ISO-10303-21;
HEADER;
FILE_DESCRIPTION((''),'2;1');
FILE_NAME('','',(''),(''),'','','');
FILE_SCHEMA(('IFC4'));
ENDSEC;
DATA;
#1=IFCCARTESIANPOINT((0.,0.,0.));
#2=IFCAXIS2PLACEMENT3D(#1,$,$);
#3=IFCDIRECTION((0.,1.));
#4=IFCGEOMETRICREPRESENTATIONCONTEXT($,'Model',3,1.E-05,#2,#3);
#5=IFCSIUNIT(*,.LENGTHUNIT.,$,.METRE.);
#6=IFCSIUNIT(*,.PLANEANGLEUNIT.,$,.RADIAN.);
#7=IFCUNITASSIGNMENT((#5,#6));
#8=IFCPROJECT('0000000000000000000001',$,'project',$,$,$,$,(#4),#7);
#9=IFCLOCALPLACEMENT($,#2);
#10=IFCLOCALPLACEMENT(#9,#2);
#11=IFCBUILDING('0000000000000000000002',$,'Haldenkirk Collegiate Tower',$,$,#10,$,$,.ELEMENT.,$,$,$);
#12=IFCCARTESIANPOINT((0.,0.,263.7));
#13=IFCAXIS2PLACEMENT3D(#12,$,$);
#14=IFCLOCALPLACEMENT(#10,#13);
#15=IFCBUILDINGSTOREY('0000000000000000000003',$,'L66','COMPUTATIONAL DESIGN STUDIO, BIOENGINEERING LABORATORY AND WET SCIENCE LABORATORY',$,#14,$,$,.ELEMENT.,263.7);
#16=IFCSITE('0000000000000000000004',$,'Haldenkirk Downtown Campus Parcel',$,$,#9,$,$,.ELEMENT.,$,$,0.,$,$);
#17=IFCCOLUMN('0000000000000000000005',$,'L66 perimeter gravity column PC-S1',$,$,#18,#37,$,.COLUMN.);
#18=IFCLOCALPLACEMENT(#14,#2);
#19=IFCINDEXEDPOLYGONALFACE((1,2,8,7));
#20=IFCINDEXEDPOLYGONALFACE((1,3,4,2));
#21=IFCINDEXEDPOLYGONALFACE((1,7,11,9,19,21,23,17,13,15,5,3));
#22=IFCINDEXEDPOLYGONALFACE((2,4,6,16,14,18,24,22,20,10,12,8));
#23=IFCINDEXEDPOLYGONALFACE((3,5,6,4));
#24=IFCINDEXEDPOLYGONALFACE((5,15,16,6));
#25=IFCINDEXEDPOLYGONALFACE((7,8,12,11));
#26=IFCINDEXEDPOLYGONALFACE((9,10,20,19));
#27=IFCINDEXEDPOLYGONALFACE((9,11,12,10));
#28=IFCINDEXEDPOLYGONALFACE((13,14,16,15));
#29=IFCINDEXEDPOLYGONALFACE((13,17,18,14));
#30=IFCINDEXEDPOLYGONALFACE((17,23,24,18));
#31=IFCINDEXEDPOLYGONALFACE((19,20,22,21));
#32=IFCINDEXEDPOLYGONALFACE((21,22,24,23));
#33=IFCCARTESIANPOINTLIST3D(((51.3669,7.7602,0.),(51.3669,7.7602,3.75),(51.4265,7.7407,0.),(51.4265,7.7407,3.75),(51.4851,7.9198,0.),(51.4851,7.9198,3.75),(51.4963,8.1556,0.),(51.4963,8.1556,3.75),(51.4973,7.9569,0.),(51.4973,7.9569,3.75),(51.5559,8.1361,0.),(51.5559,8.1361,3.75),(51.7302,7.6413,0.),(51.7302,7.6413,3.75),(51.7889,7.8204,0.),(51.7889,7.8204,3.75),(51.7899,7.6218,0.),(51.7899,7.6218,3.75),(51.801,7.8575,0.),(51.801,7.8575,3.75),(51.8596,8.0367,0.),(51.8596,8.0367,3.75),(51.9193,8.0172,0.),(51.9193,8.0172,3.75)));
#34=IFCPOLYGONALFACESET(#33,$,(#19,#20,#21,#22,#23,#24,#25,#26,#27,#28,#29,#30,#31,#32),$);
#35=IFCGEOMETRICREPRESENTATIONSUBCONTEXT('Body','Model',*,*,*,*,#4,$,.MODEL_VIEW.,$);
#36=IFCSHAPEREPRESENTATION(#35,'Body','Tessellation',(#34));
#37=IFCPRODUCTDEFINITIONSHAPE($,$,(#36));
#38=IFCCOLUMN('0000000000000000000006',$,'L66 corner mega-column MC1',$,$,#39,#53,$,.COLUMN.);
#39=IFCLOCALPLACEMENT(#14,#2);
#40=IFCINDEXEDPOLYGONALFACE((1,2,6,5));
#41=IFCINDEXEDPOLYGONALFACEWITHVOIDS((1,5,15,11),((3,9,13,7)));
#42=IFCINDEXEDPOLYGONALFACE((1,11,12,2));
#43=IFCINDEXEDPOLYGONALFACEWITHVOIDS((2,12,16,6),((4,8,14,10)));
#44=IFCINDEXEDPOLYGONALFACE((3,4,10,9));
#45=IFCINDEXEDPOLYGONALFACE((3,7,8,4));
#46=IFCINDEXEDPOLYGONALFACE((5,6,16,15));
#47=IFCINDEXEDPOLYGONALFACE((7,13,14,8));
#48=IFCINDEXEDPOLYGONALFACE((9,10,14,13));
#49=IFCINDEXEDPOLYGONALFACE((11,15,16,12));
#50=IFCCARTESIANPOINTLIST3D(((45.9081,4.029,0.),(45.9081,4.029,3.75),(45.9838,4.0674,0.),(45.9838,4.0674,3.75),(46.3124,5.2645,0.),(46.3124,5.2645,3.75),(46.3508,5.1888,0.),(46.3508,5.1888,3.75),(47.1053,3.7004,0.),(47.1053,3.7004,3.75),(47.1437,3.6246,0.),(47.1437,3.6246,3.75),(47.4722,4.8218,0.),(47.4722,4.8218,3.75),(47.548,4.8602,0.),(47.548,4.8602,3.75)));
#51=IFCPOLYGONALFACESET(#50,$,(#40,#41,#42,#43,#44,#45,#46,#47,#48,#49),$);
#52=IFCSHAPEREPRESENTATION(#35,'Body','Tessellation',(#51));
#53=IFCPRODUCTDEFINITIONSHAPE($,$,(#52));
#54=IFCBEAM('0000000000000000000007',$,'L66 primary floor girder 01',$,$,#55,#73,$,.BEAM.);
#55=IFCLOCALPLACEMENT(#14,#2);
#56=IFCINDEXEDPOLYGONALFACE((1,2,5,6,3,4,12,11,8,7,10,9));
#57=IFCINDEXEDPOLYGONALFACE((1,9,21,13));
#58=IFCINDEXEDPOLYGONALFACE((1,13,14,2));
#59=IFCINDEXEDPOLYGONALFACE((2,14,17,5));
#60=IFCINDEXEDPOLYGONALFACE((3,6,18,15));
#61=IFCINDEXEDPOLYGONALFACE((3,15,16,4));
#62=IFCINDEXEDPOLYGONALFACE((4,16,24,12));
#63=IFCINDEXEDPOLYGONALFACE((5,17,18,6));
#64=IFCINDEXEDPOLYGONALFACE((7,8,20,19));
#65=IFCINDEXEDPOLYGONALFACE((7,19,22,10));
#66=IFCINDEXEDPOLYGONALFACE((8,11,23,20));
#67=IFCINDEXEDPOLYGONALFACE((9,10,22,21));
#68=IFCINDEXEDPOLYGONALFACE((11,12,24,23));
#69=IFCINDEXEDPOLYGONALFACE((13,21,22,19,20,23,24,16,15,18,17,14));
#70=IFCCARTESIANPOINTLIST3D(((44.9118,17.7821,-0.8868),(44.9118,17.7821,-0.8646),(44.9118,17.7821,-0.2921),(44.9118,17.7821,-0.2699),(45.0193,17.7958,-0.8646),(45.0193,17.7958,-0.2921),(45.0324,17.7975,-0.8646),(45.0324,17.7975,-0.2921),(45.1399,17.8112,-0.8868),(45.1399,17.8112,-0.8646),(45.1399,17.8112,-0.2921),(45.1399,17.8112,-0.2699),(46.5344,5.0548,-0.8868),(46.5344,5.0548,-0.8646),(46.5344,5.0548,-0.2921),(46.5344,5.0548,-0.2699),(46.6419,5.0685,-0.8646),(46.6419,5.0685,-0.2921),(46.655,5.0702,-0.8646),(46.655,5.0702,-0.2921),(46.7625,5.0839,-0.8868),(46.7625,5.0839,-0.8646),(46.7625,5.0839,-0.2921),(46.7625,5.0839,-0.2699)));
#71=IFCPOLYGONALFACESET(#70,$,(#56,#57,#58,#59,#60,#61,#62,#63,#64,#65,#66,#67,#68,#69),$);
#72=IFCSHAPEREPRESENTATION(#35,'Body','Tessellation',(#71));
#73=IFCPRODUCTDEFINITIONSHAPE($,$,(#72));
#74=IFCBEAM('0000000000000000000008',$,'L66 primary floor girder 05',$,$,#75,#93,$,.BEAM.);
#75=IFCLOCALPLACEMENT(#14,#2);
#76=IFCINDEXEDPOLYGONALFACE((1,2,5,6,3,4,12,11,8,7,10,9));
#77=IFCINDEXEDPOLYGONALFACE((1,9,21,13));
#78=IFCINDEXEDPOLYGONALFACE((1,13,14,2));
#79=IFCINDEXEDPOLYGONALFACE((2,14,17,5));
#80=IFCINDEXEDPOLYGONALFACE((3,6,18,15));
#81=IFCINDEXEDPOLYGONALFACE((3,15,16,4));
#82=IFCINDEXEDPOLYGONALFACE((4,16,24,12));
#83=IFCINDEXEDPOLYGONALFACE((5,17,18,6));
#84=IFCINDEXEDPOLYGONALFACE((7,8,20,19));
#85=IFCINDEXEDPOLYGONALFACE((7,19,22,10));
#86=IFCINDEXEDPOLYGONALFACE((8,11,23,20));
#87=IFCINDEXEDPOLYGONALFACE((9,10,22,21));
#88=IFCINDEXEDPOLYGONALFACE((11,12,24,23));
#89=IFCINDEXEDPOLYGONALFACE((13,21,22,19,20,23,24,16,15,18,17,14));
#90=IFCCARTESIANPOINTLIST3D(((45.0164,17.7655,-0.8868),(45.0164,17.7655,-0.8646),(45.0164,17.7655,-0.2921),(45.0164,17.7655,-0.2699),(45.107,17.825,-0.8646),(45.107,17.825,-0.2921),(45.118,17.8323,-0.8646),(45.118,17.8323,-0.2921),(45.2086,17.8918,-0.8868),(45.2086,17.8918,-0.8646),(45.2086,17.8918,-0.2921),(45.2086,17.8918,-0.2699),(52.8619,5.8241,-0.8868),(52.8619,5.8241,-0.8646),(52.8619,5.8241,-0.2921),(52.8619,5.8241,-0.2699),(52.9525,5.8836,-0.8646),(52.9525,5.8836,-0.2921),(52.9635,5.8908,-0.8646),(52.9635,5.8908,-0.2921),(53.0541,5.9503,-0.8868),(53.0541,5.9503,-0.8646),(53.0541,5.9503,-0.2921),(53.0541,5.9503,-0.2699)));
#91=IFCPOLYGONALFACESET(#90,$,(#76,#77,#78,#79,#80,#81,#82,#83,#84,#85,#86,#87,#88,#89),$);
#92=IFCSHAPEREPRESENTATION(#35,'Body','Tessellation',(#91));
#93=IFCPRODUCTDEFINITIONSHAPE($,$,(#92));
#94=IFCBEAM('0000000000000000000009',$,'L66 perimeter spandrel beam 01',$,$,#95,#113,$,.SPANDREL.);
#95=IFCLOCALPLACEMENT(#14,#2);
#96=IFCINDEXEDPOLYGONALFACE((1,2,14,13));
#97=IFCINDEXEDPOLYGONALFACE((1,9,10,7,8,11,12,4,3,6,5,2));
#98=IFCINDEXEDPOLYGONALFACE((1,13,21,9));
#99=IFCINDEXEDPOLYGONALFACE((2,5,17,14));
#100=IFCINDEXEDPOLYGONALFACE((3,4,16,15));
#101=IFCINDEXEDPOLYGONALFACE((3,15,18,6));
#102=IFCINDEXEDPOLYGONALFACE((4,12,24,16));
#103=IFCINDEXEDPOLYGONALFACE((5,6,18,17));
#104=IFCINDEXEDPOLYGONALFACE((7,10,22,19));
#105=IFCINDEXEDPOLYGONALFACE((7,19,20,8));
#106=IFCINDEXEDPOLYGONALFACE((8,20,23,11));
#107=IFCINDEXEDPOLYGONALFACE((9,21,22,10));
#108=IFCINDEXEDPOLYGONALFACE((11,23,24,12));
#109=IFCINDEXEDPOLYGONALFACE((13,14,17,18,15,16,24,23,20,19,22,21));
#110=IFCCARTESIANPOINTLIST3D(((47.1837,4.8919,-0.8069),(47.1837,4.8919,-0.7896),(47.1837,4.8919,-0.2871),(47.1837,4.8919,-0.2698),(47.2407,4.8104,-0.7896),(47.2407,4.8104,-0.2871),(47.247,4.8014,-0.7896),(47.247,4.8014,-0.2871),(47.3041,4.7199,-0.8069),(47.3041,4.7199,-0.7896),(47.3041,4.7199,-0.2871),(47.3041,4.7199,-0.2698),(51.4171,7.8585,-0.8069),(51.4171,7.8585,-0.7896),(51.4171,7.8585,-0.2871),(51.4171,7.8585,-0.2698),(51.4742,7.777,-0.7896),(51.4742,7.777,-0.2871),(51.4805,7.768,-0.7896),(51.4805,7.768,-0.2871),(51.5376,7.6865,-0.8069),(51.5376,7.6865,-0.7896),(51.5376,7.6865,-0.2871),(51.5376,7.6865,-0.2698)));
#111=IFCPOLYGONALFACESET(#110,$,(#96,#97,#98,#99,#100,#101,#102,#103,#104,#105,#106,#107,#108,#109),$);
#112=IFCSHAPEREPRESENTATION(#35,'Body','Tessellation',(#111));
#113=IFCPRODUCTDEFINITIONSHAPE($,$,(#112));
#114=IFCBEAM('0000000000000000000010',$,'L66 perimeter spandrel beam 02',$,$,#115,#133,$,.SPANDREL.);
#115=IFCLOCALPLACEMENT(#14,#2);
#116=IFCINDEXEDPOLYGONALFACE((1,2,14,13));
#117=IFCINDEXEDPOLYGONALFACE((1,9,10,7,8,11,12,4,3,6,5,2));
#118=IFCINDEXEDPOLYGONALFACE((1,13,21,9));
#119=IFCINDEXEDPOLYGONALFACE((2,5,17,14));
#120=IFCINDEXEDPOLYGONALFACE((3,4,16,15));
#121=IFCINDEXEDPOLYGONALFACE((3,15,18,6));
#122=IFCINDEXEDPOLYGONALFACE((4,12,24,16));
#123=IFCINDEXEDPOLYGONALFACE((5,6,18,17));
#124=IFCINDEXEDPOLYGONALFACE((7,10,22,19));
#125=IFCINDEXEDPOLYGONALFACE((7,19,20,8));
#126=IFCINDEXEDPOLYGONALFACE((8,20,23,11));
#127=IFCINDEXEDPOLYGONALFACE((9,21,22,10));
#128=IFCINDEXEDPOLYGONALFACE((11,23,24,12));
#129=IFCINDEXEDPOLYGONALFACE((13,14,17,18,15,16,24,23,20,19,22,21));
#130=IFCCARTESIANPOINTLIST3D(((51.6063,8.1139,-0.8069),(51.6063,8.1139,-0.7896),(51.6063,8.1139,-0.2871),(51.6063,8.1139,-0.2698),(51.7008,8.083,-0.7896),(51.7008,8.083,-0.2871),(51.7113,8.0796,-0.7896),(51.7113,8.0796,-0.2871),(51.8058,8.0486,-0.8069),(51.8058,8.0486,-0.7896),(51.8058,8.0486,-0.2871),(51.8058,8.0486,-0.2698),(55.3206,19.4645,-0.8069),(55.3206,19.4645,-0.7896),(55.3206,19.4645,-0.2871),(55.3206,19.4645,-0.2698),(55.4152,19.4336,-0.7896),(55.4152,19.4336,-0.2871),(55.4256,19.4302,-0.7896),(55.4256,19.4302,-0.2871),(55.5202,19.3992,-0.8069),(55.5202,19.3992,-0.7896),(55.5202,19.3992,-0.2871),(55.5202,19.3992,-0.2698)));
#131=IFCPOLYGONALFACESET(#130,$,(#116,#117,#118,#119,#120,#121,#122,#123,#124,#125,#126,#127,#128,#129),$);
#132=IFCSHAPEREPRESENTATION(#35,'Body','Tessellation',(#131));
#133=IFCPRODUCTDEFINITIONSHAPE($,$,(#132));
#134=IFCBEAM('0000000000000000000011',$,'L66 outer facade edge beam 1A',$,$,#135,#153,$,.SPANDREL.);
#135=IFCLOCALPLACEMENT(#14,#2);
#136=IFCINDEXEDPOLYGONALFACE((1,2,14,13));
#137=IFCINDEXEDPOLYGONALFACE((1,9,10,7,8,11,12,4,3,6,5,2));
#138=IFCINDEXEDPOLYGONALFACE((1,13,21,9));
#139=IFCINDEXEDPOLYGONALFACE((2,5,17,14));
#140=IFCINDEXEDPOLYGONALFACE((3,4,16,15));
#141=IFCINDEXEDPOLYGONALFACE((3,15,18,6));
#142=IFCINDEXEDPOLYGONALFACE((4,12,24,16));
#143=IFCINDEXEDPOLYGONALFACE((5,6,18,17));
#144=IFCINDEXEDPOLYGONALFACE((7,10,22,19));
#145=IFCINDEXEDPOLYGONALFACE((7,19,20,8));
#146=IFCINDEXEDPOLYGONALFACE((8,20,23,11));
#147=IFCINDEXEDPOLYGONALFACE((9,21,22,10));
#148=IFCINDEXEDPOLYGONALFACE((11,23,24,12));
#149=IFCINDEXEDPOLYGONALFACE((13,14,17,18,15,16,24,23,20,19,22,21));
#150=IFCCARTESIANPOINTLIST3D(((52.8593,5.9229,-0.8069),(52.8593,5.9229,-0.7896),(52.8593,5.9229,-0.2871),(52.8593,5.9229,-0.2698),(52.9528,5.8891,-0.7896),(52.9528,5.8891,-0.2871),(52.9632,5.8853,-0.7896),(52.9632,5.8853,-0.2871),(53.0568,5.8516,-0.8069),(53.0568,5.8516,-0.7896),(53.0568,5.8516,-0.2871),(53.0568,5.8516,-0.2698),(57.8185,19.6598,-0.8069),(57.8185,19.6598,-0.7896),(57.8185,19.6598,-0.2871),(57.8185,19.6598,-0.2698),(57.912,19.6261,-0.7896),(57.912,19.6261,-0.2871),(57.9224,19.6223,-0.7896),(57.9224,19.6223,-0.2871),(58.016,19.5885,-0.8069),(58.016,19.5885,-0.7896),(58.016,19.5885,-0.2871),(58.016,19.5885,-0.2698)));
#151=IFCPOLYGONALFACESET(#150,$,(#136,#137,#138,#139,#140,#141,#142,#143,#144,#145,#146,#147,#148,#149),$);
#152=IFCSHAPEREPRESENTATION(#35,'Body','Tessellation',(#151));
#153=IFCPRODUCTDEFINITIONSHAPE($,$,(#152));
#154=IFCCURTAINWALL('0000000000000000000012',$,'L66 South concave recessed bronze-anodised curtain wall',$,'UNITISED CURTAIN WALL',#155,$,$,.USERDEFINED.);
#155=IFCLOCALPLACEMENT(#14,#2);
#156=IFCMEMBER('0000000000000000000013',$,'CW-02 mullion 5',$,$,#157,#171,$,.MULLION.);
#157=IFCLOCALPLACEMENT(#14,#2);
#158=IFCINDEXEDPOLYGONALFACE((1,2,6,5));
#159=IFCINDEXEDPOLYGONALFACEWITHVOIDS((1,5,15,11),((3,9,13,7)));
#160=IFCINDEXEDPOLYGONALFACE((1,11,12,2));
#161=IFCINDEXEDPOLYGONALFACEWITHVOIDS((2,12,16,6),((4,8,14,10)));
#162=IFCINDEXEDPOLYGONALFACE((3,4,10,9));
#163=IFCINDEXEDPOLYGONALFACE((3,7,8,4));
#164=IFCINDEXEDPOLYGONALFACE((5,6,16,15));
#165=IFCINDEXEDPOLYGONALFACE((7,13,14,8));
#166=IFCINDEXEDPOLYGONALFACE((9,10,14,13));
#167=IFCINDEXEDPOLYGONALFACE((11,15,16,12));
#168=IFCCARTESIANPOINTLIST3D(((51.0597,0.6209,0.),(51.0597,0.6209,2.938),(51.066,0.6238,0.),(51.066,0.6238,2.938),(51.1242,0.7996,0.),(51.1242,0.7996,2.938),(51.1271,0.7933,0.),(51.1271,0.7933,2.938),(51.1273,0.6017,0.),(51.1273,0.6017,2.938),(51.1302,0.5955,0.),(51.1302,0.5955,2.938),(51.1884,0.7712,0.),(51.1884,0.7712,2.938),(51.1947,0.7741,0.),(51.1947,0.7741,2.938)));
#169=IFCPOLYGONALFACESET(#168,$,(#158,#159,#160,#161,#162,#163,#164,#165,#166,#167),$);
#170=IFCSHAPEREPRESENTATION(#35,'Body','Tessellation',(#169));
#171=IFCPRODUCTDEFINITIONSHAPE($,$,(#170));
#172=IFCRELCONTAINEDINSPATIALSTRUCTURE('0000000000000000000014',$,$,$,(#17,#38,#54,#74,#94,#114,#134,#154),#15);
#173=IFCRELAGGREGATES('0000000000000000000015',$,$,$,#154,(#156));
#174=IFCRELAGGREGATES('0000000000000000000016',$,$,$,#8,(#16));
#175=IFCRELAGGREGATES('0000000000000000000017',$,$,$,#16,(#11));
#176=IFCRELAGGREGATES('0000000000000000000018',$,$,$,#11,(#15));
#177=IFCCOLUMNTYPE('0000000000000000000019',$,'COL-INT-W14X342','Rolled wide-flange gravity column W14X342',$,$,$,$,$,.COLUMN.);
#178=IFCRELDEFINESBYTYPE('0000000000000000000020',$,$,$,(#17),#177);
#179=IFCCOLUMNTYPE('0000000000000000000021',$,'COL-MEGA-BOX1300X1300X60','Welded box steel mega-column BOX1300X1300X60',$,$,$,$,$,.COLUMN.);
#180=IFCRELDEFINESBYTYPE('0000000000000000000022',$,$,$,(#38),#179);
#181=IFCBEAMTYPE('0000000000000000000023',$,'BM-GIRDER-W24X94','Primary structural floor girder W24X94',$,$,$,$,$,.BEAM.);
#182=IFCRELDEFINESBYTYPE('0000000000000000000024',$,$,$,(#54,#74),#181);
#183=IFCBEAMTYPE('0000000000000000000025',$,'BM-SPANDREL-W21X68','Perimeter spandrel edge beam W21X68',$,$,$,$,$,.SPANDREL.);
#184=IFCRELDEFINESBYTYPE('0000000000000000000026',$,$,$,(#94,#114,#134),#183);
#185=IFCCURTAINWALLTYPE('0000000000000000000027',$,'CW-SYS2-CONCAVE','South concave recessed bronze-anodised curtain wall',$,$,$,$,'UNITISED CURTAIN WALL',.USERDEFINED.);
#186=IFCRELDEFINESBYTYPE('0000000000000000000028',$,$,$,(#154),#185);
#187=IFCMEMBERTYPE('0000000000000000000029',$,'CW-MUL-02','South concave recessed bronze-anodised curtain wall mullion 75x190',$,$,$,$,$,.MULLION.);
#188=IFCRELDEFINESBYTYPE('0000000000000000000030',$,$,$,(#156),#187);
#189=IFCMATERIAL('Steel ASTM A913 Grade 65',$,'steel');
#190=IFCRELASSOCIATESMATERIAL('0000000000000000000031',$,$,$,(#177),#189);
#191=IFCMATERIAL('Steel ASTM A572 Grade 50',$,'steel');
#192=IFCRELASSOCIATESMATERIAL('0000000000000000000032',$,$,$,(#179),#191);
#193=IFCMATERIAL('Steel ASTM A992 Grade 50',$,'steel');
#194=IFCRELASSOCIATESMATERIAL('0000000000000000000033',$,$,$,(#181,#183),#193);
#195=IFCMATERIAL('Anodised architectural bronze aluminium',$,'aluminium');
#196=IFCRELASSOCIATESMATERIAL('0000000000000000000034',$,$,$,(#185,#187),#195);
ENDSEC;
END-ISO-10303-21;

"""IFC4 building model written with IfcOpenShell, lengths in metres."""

from ifc_helpers import new_model, si_unit, direction, frame, origin, origin_2d, place, context, subcontext, project, spatial, hollow_rectangle, i_section, extrude, material, material_profile, profile_set, type_object, element, aggregate, save


model = new_model("IFC4")

# Units and contexts
model_context = context("Model", 3, precision=1e-05, world=origin(), true_north=direction((0.0, 1.0)))
body_context = subcontext(model_context, "Body", "Model", "MODEL_VIEW")
ifc_project = project(units=[si_unit("LENGTHUNIT", "METRE"), si_unit("PLANEANGLEUNIT", "RADIAN")], contexts=[model_context])

# Site, building, storey
site_placement = place(None, origin())
site = spatial("IfcSite", under=ifc_project, at=site_placement, Name="Haldenkirk Downtown Campus Parcel", CompositionType="ELEMENT", RefElevation=0.0)
building_placement = place(site_placement, origin())
building = spatial("IfcBuilding", under=site, at=building_placement, Name="Haldenkirk Collegiate Tower", CompositionType="ELEMENT")
storey_placement = place(building_placement, frame((0.0, 0.0, 263.7)))
storey = spatial("IfcBuildingStorey", under=building, at=storey_placement, Name="L66", Description="COMPUTATIONAL DESIGN STUDIO, BIOENGINEERING LABORATORY AND WET SCIENCE LABORATORY", CompositionType="ELEMENT", Elevation=263.7)

# Columns
ifc_material_1 = material(Name="Steel ASTM A913 Grade 65", Category="steel")
ifc_material_profile_1 = material_profile(ifc_material_1, i_section(OverallWidth=0.416, OverallDepth=0.4451, WebThickness=0.0391, FlangeThickness=0.0627, at=origin_2d()), Name="W14X342")
ifc_profile_set_1 = profile_set([ifc_material_profile_1], Name="Steel ASTM A913 Grade 65")
column_type_1 = type_object("IfcColumnType", Name="COL-INT-W14X342", Description="Rolled wide-flange gravity column W14X342", PredefinedType="COLUMN", material=ifc_profile_set_1)
column_1_placement = place(storey_placement, frame((51.6431, 7.8887, 0.0), z_axis=(0.0, 0.0, 1.0), x_axis=(0.311008, 0.950407, 0.0)))
element("IfcColumn", 1, at=column_1_placement, inside=storey, type_object=column_type_1, Name="L66 perimeter gravity column PC-S1", PredefinedType="COLUMN", context=body_context, shape_type="SweptSolid", body=[
    extrude(i_section(OverallWidth=0.416, OverallDepth=0.4451, WebThickness=0.0391, FlangeThickness=0.0627, at=origin_2d()), origin(), (0.0, 0.0, 1.0), 3.75),
])
ifc_material_2 = material(Name="Steel ASTM A572 Grade 50", Category="steel")
ifc_material_profile_2 = material_profile(ifc_material_2, hollow_rectangle(XDim=1.3, YDim=1.3, WallThickness=0.0601, at=origin_2d()), Name="BOX1300X1300X60")
ifc_profile_set_2 = profile_set([ifc_material_profile_2], Name="Steel ASTM A572 Grade 50")
column_type_2 = type_object("IfcColumnType", Name="COL-MEGA-BOX1300X1300X60", Description="Welded box steel mega-column BOX1300X1300X60", PredefinedType="COLUMN", material=ifc_profile_set_2)
column_2_placement = place(storey_placement, frame((46.728, 4.4446, 0.0), z_axis=(0.0, 0.0, 1.0), x_axis=(0.311008, 0.950407, 0.0)))
element("IfcColumn", 2, at=column_2_placement, inside=storey, type_object=column_type_2, Name="L66 corner mega-column MC1", PredefinedType="COLUMN", context=body_context, shape_type="SweptSolid", body=[
    extrude(hollow_rectangle(XDim=1.3, YDim=1.3, WallThickness=0.0601, at=origin_2d()), origin(), (0.0, 0.0, 1.0), 3.75),
])

# Beams
ifc_material_3 = material(Name="Steel ASTM A992 Grade 50", Category="steel")
ifc_material_profile_3 = material_profile(ifc_material_3, i_section(OverallWidth=0.23, OverallDepth=0.6169, WebThickness=0.0132, FlangeThickness=0.0222, at=origin_2d()), Name="W24X94")
ifc_profile_set_3 = profile_set([ifc_material_profile_3], Name="Steel ASTM A992 Grade 50")
beam_type_1 = type_object("IfcBeamType", Name="BM-GIRDER-W24X94", Description="Primary structural floor girder W24X94", PredefinedType="BEAM", material=ifc_profile_set_3)
beam_1_placement = place(storey_placement, frame((46.6484, 5.0693, -0.5784), z_axis=(-0.126463, 0.991971, 0.0), x_axis=(-0.991971, -0.126463, 0.0)))
element("IfcBeam", 3, at=beam_1_placement, inside=storey, type_object=beam_type_1, Name="L66 primary floor girder 01", PredefinedType="BEAM", context=body_context, shape_type="SweptSolid", body=[
    extrude(i_section(OverallWidth=0.23, OverallDepth=0.6169, WebThickness=0.0132, FlangeThickness=0.0222, at=origin_2d()), origin(), (0.0, 0.0, 1.0), 12.8303),
])
beam_2_placement = place(storey_placement, frame((52.958, 5.8872, -0.5784), z_axis=(-0.549092, 0.835762, 0.0), x_axis=(-0.835762, -0.549092, 0.0)))
element("IfcBeam", 4, at=beam_2_placement, inside=storey, type_object=beam_type_1, Name="L66 primary floor girder 05", PredefinedType="BEAM", context=body_context, shape_type="SweptSolid", body=[
    extrude(i_section(OverallWidth=0.23, OverallDepth=0.6169, WebThickness=0.0132, FlangeThickness=0.0222, at=origin_2d()), origin(), (0.0, 0.0, 1.0), 14.2881),
])
ifc_material_profile_4 = material_profile(ifc_material_3, i_section(OverallWidth=0.21, OverallDepth=0.5371, WebThickness=0.011, FlangeThickness=0.0173, at=origin_2d()), Name="W21X68")
ifc_profile_set_4 = profile_set([ifc_material_profile_4], Name="Steel ASTM A992 Grade 50")
beam_type_2 = type_object("IfcBeamType", Name="BM-SPANDREL-W21X68", Description="Perimeter spandrel edge beam W21X68", PredefinedType="SPANDREL", material=ifc_profile_set_4)
beam_3_placement = place(storey_placement, frame((47.2439, 4.8059, -0.5383), z_axis=(0.818943, 0.573874, 0.0), x_axis=(-0.573874, 0.818943, 0.0)))
element("IfcBeam", 5, at=beam_3_placement, inside=storey, type_object=beam_type_2, Name="L66 perimeter spandrel beam 01", PredefinedType="SPANDREL", context=body_context, shape_type="SweptSolid", body=[
    extrude(i_section(OverallWidth=0.21, OverallDepth=0.5371, WebThickness=0.011, FlangeThickness=0.0173, at=origin_2d()), origin(), (0.0, 0.0, 1.0), 5.1694),
])
beam_4_placement = place(storey_placement, frame((51.7061, 8.0813, -0.5383), z_axis=(0.31101, 0.950407, 0.0), x_axis=(-0.950407, 0.31101, 0.0)))
element("IfcBeam", 6, at=beam_4_placement, inside=storey, type_object=beam_type_2, Name="L66 perimeter spandrel beam 02", PredefinedType="SPANDREL", context=body_context, shape_type="SweptSolid", body=[
    extrude(i_section(OverallWidth=0.21, OverallDepth=0.5371, WebThickness=0.011, FlangeThickness=0.0173, at=origin_2d()), origin(), (0.0, 0.0, 1.0), 11.9429),
])
beam_5_placement = place(storey_placement, frame((52.958, 5.8872, -0.5383), z_axis=(0.339561, 0.940584, 0.0), x_axis=(-0.940584, 0.339561, 0.0)))
element("IfcBeam", 7, at=beam_5_placement, inside=storey, type_object=beam_type_2, Name="L66 outer facade edge beam 1A", PredefinedType="SPANDREL", context=body_context, shape_type="SweptSolid", body=[
    extrude(i_section(OverallWidth=0.21, OverallDepth=0.5371, WebThickness=0.011, FlangeThickness=0.0173, at=origin_2d()), origin(), (0.0, 0.0, 1.0), 14.6047),
])

# Curtain wall, member
ifc_material_4 = material(Name="Anodised architectural bronze aluminium", Category="aluminium")
curtain_wall_type = type_object("IfcCurtainWallType", Name="CW-SYS2-CONCAVE", Description="South concave recessed bronze-anodised curtain wall", ElementType="UNITISED CURTAIN WALL", PredefinedType="USERDEFINED", material=ifc_material_4)
curtain_wall_placement = place(storey_placement, origin())
curtain_wall = element("IfcCurtainWall", 8, at=curtain_wall_placement, inside=storey, type_object=curtain_wall_type, Name="L66 South concave recessed bronze-anodised curtain wall", ObjectType="UNITISED CURTAIN WALL", PredefinedType="USERDEFINED")
ifc_material_profile_5 = material_profile(ifc_material_4, hollow_rectangle(XDim=0.075, YDim=0.1899, WallThickness=0.0049, at=origin_2d()), Name="CW-MUL-02")
ifc_profile_set_5 = profile_set([ifc_material_profile_5], Name="Anodised architectural bronze aluminium")
member_type = type_object("IfcMemberType", Name="CW-MUL-02", Description="South concave recessed bronze-anodised curtain wall mullion 75x190", PredefinedType="MULLION", material=ifc_profile_set_5)
member_placement = place(storey_placement, frame((51.1272, 0.6975, 0.0), z_axis=(0.0, 0.0, 1.0), x_axis=(0.940585, -0.339559, 0.0)))
member = element("IfcMember", 9, at=member_placement, type_object=member_type, Name="CW-02 mullion 5", PredefinedType="MULLION", context=body_context, shape_type="SweptSolid", body=[
    extrude(hollow_rectangle(XDim=0.075, YDim=0.1899, WallThickness=0.0049, at=origin_2d()), origin(), (0.0, 0.0, 1.0), 2.938),
])

aggregate(curtain_wall, [member])

save(model, "model.ifc")
